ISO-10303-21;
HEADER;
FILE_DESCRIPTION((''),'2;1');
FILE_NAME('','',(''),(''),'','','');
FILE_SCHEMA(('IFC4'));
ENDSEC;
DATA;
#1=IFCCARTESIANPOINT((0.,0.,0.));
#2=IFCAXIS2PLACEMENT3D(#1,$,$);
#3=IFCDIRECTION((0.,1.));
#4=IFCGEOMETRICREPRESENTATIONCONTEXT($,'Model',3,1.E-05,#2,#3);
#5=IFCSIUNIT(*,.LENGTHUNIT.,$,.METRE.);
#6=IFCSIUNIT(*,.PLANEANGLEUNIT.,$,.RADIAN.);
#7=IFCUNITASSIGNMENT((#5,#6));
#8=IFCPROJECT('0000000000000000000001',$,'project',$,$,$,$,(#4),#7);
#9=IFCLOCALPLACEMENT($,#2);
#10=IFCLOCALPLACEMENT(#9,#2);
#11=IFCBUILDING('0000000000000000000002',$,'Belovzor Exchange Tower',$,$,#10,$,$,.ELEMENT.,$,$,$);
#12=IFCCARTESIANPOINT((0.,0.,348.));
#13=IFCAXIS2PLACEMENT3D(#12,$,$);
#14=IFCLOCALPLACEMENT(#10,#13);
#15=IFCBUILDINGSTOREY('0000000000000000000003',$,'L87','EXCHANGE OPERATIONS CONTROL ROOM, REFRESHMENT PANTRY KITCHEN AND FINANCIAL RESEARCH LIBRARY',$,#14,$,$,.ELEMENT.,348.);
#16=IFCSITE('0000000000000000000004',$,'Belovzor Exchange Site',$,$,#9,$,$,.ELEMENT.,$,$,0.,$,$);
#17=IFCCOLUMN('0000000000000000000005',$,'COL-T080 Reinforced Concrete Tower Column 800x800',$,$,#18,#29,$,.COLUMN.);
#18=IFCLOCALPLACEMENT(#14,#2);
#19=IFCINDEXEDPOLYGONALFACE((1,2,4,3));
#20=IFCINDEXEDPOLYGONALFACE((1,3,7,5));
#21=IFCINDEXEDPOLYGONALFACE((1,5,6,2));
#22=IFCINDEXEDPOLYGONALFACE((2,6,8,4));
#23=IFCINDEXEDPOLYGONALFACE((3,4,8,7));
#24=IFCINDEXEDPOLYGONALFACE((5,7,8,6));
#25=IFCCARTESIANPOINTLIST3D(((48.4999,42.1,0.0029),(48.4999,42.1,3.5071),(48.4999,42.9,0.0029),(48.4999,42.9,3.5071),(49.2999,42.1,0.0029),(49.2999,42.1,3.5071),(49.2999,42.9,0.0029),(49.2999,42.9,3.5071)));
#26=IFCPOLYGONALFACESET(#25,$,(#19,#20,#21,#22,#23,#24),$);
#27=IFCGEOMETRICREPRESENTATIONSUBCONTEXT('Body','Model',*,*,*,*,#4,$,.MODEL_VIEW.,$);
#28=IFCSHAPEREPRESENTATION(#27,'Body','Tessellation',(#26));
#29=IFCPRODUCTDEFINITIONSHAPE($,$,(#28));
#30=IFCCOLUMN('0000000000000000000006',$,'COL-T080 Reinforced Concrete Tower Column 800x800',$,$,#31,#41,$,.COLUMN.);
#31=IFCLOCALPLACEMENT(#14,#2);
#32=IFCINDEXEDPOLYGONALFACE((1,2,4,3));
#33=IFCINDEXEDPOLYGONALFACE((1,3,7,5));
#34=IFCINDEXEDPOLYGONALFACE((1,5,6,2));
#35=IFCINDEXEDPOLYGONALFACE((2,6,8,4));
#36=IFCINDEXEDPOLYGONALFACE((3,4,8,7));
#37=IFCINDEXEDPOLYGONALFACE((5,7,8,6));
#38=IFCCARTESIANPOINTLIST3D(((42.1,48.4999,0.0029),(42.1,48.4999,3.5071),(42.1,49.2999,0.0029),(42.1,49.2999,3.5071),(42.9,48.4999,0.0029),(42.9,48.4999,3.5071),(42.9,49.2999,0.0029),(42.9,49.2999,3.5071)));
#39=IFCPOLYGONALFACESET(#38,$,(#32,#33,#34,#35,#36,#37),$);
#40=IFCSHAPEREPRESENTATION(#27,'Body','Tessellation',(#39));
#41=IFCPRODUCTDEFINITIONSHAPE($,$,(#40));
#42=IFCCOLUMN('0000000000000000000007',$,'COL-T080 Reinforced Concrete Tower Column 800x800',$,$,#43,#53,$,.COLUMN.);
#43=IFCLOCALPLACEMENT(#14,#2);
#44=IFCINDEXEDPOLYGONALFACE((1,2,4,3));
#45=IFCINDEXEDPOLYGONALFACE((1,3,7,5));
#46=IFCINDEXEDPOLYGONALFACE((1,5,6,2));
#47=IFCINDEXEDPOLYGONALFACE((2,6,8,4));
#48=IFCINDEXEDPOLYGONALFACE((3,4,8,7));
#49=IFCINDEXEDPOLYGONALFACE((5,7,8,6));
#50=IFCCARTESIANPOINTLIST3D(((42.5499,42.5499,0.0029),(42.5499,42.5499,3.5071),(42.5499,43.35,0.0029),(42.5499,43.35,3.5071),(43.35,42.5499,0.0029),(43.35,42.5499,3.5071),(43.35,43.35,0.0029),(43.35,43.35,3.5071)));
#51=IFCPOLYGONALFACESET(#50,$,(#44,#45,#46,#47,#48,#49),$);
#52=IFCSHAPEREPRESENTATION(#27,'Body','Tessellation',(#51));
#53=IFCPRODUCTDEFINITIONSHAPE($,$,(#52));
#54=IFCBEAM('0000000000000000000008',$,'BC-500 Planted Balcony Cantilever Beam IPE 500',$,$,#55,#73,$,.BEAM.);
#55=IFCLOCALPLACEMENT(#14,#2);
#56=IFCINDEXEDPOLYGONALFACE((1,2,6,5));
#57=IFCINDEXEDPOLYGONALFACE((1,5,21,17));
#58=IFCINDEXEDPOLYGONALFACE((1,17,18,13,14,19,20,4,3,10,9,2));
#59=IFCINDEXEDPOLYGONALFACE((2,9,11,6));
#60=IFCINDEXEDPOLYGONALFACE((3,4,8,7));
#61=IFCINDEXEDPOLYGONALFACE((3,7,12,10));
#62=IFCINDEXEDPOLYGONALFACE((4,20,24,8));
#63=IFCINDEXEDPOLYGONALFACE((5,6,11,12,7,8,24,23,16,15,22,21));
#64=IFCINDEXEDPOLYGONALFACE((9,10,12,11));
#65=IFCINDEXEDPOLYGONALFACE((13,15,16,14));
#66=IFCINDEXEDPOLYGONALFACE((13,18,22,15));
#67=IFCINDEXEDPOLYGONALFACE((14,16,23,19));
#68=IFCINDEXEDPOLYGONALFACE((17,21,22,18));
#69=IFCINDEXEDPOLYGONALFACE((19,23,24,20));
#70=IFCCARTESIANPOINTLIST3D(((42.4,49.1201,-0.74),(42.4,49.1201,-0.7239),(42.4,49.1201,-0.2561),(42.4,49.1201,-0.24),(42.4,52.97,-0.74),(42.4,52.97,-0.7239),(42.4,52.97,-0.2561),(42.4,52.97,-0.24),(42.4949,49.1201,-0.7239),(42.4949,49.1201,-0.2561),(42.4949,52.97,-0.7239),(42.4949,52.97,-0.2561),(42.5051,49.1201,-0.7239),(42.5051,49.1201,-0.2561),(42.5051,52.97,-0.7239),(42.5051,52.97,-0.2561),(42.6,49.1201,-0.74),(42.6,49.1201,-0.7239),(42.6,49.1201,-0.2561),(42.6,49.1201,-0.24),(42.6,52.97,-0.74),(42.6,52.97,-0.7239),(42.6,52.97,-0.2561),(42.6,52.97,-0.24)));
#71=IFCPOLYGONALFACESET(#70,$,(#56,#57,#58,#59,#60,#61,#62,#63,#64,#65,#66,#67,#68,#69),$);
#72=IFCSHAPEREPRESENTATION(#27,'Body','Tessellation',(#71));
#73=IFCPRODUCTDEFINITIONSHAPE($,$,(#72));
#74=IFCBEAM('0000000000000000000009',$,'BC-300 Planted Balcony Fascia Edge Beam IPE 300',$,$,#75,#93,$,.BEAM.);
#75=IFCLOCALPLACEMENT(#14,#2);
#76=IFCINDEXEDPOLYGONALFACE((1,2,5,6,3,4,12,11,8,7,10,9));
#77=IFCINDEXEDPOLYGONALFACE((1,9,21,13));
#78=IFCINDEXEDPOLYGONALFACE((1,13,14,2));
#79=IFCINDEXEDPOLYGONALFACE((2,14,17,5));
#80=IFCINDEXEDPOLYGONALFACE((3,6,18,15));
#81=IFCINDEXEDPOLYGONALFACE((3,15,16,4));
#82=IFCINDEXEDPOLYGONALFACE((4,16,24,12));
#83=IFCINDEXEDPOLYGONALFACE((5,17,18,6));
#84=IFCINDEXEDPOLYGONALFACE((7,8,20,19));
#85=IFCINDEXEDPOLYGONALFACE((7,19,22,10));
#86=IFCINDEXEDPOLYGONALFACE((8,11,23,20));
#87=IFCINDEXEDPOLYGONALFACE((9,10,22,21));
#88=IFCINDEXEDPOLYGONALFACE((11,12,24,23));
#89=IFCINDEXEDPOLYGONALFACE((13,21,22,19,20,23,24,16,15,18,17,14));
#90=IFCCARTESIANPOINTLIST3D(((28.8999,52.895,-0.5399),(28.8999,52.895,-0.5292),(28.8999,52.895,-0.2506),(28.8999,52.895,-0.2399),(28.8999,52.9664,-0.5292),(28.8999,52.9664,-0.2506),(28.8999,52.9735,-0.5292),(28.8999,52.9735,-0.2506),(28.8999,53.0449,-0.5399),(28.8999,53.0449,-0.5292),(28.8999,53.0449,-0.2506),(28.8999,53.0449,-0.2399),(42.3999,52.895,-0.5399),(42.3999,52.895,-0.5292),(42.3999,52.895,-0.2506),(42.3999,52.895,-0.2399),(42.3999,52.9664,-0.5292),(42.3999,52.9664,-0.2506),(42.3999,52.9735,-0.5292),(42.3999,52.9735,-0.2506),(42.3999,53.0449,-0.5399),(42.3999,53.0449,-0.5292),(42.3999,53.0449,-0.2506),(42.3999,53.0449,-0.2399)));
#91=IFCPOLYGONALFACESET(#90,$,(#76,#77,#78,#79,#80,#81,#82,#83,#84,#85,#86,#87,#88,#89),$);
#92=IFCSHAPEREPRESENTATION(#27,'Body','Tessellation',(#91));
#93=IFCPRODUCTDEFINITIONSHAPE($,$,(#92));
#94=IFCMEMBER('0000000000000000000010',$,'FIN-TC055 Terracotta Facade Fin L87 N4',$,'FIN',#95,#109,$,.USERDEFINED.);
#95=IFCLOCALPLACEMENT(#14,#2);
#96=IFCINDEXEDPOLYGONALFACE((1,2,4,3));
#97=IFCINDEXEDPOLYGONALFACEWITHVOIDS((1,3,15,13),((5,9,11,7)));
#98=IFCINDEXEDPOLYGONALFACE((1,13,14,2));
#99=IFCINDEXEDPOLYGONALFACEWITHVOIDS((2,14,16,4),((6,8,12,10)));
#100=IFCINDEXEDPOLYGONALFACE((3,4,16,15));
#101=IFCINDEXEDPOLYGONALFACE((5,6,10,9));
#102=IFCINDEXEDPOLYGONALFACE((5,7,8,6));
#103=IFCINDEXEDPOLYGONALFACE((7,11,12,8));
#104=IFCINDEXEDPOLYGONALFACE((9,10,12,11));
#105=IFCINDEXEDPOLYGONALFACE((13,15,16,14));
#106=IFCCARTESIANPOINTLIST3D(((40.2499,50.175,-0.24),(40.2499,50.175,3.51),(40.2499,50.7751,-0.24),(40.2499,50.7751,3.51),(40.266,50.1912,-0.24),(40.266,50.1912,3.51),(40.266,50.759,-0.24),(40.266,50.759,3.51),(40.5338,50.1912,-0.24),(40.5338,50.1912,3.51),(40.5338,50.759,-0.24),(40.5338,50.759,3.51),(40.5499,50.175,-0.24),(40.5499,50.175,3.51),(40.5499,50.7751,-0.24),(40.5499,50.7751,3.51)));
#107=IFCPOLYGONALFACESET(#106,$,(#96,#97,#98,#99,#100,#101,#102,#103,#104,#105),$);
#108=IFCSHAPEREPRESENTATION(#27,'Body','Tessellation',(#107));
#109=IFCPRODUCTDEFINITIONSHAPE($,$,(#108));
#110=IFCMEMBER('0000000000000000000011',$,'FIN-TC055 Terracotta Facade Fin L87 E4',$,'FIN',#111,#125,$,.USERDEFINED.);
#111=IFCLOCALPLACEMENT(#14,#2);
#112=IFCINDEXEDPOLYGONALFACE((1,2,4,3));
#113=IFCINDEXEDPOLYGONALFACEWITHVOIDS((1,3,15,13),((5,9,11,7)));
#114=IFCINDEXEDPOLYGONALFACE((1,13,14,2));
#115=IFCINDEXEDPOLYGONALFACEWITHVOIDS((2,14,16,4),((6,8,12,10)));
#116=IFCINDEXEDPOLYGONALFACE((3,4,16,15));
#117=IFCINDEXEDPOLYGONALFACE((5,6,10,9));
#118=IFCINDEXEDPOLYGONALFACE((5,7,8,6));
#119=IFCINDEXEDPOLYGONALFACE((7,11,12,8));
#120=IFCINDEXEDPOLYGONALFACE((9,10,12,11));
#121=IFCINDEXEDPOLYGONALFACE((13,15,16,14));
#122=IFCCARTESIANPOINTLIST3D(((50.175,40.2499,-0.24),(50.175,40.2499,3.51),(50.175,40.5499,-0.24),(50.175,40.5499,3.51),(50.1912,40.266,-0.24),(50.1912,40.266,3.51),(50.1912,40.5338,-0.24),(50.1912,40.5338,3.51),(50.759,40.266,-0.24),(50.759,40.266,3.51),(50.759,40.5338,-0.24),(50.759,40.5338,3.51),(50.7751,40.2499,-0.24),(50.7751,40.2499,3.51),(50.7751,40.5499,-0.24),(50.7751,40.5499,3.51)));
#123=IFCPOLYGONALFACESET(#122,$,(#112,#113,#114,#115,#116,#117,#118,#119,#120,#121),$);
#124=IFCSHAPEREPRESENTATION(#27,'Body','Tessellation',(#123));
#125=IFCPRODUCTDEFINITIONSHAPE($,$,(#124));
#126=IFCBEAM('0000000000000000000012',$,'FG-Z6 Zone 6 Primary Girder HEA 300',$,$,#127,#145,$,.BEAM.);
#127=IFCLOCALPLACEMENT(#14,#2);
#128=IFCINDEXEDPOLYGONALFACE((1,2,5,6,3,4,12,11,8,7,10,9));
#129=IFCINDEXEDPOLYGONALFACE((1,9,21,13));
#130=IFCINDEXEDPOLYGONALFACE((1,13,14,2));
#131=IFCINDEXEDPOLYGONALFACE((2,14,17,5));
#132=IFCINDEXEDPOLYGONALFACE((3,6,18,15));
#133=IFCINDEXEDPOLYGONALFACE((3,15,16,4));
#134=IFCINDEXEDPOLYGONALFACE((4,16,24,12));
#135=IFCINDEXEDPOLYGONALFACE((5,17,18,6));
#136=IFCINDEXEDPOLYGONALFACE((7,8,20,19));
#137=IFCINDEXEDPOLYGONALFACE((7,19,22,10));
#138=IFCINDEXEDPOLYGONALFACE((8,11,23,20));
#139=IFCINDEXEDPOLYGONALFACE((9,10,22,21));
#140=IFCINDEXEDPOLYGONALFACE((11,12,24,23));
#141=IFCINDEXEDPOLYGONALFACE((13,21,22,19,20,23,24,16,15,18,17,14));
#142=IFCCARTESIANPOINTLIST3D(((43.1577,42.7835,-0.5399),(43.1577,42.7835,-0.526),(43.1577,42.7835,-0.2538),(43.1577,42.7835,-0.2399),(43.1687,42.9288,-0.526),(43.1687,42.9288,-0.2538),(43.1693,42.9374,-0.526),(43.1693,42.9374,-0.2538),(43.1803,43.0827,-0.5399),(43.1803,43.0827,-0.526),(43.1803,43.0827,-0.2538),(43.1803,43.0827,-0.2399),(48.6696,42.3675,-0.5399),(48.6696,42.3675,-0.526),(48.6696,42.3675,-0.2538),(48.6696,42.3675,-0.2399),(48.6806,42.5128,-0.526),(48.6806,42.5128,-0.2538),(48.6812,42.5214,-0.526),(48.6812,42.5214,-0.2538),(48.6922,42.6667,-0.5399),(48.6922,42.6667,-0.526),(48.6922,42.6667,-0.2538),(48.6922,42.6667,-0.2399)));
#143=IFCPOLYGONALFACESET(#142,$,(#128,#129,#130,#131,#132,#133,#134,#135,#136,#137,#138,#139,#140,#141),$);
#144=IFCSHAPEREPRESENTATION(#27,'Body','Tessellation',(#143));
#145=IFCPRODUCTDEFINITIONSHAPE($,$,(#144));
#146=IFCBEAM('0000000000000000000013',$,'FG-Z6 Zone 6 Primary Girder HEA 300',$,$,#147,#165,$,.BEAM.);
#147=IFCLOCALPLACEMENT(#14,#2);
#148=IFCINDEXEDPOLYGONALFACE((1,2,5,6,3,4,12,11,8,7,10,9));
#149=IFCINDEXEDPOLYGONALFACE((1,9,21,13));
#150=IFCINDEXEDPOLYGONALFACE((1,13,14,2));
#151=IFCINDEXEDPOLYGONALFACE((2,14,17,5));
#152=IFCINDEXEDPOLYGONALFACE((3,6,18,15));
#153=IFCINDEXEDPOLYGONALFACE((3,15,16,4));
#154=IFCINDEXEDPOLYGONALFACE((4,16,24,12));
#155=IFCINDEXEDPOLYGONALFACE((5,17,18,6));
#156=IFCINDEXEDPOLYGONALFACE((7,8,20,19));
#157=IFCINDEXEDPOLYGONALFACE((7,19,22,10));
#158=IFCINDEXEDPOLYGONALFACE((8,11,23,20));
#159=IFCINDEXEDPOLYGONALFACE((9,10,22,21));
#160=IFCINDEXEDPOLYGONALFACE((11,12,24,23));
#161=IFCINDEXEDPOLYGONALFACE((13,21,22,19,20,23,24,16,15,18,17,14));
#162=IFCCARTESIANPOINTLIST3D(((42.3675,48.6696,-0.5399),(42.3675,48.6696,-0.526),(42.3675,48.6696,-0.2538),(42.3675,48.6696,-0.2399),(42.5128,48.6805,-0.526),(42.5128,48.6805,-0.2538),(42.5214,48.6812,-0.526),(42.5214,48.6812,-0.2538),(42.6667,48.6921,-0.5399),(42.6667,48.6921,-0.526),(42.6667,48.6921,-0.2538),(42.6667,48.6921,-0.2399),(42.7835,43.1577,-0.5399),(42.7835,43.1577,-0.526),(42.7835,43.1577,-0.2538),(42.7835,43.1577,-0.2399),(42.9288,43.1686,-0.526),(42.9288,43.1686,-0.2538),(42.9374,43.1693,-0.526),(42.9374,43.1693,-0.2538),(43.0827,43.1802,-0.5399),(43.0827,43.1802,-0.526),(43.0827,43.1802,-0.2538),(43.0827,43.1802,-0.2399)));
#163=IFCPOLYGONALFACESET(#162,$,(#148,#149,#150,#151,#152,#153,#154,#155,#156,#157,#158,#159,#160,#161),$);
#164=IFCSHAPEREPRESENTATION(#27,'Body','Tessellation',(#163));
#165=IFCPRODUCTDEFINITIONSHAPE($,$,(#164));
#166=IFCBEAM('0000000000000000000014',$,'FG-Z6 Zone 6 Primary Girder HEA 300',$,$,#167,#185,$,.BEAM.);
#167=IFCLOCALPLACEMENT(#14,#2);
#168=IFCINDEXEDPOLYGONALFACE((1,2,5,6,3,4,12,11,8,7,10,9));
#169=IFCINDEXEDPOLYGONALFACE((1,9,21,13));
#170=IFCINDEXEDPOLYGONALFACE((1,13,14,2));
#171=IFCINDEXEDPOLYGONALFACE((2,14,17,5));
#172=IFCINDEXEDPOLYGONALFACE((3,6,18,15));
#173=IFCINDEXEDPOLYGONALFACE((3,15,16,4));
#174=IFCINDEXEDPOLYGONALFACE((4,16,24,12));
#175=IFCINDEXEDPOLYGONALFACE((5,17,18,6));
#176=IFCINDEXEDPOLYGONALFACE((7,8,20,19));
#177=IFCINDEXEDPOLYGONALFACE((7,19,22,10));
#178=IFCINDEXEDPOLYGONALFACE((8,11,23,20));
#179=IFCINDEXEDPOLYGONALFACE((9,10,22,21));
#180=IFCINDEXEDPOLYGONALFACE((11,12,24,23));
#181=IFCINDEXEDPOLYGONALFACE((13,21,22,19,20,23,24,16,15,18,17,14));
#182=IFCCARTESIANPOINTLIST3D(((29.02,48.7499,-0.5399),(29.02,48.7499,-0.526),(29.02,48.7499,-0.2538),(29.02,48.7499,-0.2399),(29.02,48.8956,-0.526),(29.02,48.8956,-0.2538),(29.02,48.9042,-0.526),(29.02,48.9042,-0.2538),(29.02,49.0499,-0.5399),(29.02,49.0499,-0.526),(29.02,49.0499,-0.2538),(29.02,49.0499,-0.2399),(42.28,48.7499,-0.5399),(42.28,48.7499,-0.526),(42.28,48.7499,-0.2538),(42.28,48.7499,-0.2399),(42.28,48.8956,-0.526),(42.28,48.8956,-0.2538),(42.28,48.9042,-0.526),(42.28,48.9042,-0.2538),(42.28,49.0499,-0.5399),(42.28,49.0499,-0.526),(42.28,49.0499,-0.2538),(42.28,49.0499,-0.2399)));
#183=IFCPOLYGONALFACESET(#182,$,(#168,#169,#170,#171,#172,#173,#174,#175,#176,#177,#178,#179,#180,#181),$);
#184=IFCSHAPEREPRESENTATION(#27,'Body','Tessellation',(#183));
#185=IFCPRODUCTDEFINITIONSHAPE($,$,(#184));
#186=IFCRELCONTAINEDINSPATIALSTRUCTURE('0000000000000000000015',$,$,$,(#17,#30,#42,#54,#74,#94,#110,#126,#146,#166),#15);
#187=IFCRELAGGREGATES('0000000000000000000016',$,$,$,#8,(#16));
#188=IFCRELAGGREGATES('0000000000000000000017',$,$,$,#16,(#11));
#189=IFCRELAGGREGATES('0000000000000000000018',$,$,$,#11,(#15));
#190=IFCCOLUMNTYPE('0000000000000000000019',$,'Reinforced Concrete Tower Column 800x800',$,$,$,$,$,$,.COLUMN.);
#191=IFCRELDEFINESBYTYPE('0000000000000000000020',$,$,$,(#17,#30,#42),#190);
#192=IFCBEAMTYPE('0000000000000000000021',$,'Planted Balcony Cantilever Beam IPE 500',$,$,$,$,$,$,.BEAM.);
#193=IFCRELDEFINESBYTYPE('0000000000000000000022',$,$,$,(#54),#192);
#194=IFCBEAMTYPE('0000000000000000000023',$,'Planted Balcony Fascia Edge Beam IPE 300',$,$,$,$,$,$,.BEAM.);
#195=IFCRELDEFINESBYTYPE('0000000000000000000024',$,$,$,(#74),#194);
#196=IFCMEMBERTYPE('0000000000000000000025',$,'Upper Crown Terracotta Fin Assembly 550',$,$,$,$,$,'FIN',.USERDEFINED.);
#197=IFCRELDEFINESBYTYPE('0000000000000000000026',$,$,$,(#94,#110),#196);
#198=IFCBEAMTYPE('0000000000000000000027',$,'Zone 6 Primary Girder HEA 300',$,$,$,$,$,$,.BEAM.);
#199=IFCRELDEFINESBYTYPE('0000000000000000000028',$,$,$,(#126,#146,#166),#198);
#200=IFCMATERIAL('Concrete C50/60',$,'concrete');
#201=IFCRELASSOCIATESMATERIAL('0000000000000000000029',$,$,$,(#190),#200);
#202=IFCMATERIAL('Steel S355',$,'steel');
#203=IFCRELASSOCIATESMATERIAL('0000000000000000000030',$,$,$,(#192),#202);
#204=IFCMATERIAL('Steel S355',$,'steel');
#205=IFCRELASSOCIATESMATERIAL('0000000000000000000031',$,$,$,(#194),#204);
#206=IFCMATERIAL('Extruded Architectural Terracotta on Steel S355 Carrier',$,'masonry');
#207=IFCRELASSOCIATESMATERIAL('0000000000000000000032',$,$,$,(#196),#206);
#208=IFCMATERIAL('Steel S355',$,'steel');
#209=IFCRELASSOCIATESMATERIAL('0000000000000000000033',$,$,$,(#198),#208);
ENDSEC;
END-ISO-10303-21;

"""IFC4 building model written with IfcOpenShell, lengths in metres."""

from ifc_helpers import new_model, si_unit, direction, frame, origin, origin_2d, place, context, subcontext, project, spatial, rectangle, hollow_rectangle, i_section, extrude, material, material_profile, profile_set, type_object, element, save


model = new_model("IFC4")

# Units and contexts
model_context = context("Model", 3, precision=1e-05, world=origin(), true_north=direction((0.0, 1.0)))
body_context = subcontext(model_context, "Body", "Model", "MODEL_VIEW")
ifc_project = project(units=[si_unit("LENGTHUNIT", "METRE"), si_unit("PLANEANGLEUNIT", "RADIAN")], contexts=[model_context])

# Site, building, storey
site_placement = place(None, origin())
site = spatial("IfcSite", under=ifc_project, at=site_placement, Name="Belovzor Exchange Site", CompositionType="ELEMENT", RefElevation=0.0)
building_placement = place(site_placement, origin())
building = spatial("IfcBuilding", under=site, at=building_placement, Name="Belovzor Exchange Tower", CompositionType="ELEMENT")
storey_placement = place(building_placement, frame((0.0, 0.0, 348.0)))
storey = spatial("IfcBuildingStorey", under=building, at=storey_placement, Name="L87", Description="EXCHANGE OPERATIONS CONTROL ROOM, REFRESHMENT PANTRY KITCHEN AND FINANCIAL RESEARCH LIBRARY", CompositionType="ELEMENT", Elevation=348.0)

# Columns
ifc_material_1 = material(Name="Concrete C50/60", Category="concrete")
ifc_material_profile_1 = material_profile(ifc_material_1, rectangle(XDim=0.8, YDim=0.8, at=origin_2d()))
ifc_profile_set_1 = profile_set([ifc_material_profile_1], Name="Concrete C50/60")
column_type = type_object("IfcColumnType", Name="Reinforced Concrete Tower Column 800x800", PredefinedType="COLUMN", material=ifc_profile_set_1)
for number, where, z_axis, x_axis, name in (
    (1, (48.8999, 42.5, 0.0029), (0.0, 0.0, 1.0), (1.0, 0.0, 0.0), "COL-T080 Reinforced Concrete Tower Column 800x800"),
    (2, (42.5, 48.8999, 0.0029), (0.0, 0.0, 1.0), (1.0, 0.0, 0.0), "COL-T080 Reinforced Concrete Tower Column 800x800"),
    (3, (42.95, 42.95, 0.0029), (0.0, 0.0, 1.0), (1.0, 0.0, 0.0), "COL-T080 Reinforced Concrete Tower Column 800x800"),
):
    element("IfcColumn", number, at=place(storey_placement, frame(where, z_axis=z_axis, x_axis=x_axis)), inside=storey, type_object=column_type, Name=name, PredefinedType="COLUMN", context=body_context, shape_type="SweptSolid", body=[
        extrude(rectangle(XDim=0.8, YDim=0.8, at=origin_2d()), origin(), (0.0, 0.0, 1.0), 3.5042),
    ])

# Beams
ifc_material_2 = material(Name="Steel S355", Category="steel")
ifc_material_profile_2 = material_profile(ifc_material_2, i_section(OverallWidth=0.2, OverallDepth=0.5, WebThickness=0.0103, FlangeThickness=0.0161, at=origin_2d()))
ifc_profile_set_2 = profile_set([ifc_material_profile_2], Name="Steel S355")
beam_type_1 = type_object("IfcBeamType", Name="Planted Balcony Cantilever Beam IPE 500", PredefinedType="BEAM", material=ifc_profile_set_2)
beam_1_placement = place(storey_placement, frame((42.5, 49.1201, -0.49), z_axis=(0.0, 1.0, 0.0), x_axis=(-1.0, 0.0, 0.0)))
element("IfcBeam", 4, at=beam_1_placement, inside=storey, type_object=beam_type_1, Name="BC-500 Planted Balcony Cantilever Beam IPE 500", PredefinedType="BEAM", context=body_context, shape_type="SweptSolid", body=[
    extrude(i_section(OverallWidth=0.2, OverallDepth=0.5, WebThickness=0.0103, FlangeThickness=0.0161, at=origin_2d()), origin(), (0.0, 0.0, 1.0), 3.8499),
])
ifc_material_3 = material(Name="Steel S355", Category="steel")
ifc_material_profile_3 = material_profile(ifc_material_3, i_section(OverallWidth=0.1499, OverallDepth=0.3, WebThickness=0.0071, FlangeThickness=0.0107, at=origin_2d()))
ifc_profile_set_3 = profile_set([ifc_material_profile_3], Name="Steel S355")
beam_type_2 = type_object("IfcBeamType", Name="Planted Balcony Fascia Edge Beam IPE 300", PredefinedType="BEAM", material=ifc_profile_set_3)
beam_2_placement = place(storey_placement, frame((42.3999, 52.97, -0.3899), z_axis=(-1.0, 0.0, 0.0), x_axis=(0.0, -1.0, 0.0)))
element("IfcBeam", 5, at=beam_2_placement, inside=storey, type_object=beam_type_2, Name="BC-300 Planted Balcony Fascia Edge Beam IPE 300", PredefinedType="BEAM", context=body_context, shape_type="SweptSolid", body=[
    extrude(i_section(OverallWidth=0.1499, OverallDepth=0.3, WebThickness=0.0071, FlangeThickness=0.0107, at=origin_2d()), origin(), (0.0, 0.0, 1.0), 13.5),
])

# Members
ifc_material_4 = material(Name="Extruded Architectural Terracotta on Steel S355 Carrier", Category="masonry")
ifc_material_profile_4 = material_profile(ifc_material_4, hollow_rectangle(XDim=0.3, YDim=0.6001, WallThickness=0.0161, at=origin_2d()))
ifc_profile_set_4 = profile_set([ifc_material_profile_4], Name="Extruded Architectural Terracotta on Steel S355 Carrier")
member_type = type_object("IfcMemberType", Name="Upper Crown Terracotta Fin Assembly 550", ElementType="FIN", PredefinedType="USERDEFINED", material=ifc_profile_set_4)
for number, where, z_axis, x_axis, name in (
    (6, (40.3999, 50.4751, -0.24), (0.0, 0.0, 1.0), (1.0, 0.0, 0.0), "FIN-TC055 Terracotta Facade Fin L87 N4"),
    (7, (50.4751, 40.3999, -0.24), (0.0, 0.0, 1.0), (0.0, 1.0, 0.0), "FIN-TC055 Terracotta Facade Fin L87 E4"),
):
    element("IfcMember", number, at=place(storey_placement, frame(where, z_axis=z_axis, x_axis=x_axis)), inside=storey, type_object=member_type, Name=name, ObjectType="FIN", PredefinedType="USERDEFINED", context=body_context, shape_type="SweptSolid", body=[
        extrude(hollow_rectangle(XDim=0.3, YDim=0.6001, WallThickness=0.0161, at=origin_2d()), origin(), (0.0, 0.0, 1.0), 3.75),
    ])

# Beams
ifc_material_5 = material(Name="Steel S355", Category="steel")
ifc_material_profile_5 = material_profile(ifc_material_5, i_section(OverallWidth=0.3, OverallDepth=0.3, WebThickness=0.0085, FlangeThickness=0.0139, at=origin_2d()))
ifc_profile_set_5 = profile_set([ifc_material_profile_5], Name="Steel S355")
beam_type_3 = type_object("IfcBeamType", Name="Zone 6 Primary Girder HEA 300", PredefinedType="BEAM", material=ifc_profile_set_5)
for number, where, z_axis, x_axis, name in (
    (8, (48.6809, 42.5171, -0.3899), (-0.997164, 0.075261, 0.0), (-0.075261, -0.997164, 0.0), "FG-Z6 Zone 6 Primary Girder HEA 300"),
    (9, (42.9331, 43.1689, -0.3899), (-0.075261, 0.997164, 0.0), (-0.997164, -0.075261, 0.0), "FG-Z6 Zone 6 Primary Girder HEA 300"),
):
    element("IfcBeam", number, at=place(storey_placement, frame(where, z_axis=z_axis, x_axis=x_axis)), inside=storey, type_object=beam_type_3, Name=name, PredefinedType="BEAM", context=body_context, shape_type="SweptSolid", body=[
        extrude(i_section(OverallWidth=0.3, OverallDepth=0.3, WebThickness=0.0085, FlangeThickness=0.0139, at=origin_2d()), origin(), (0.0, 0.0, 1.0), 5.5276),
    ])
beam_3_placement = place(storey_placement, frame((42.28, 48.8999, -0.3899), z_axis=(-1.0, 0.0, 0.0), x_axis=(0.0, -1.0, 0.0)))
element("IfcBeam", 10, at=beam_3_placement, inside=storey, type_object=beam_type_3, Name="FG-Z6 Zone 6 Primary Girder HEA 300", PredefinedType="BEAM", context=body_context, shape_type="SweptSolid", body=[
    extrude(i_section(OverallWidth=0.3, OverallDepth=0.3, WebThickness=0.0085, FlangeThickness=0.0139, at=origin_2d()), origin(), (0.0, 0.0, 1.0), 13.26),
])

save(model, "model.ifc")
